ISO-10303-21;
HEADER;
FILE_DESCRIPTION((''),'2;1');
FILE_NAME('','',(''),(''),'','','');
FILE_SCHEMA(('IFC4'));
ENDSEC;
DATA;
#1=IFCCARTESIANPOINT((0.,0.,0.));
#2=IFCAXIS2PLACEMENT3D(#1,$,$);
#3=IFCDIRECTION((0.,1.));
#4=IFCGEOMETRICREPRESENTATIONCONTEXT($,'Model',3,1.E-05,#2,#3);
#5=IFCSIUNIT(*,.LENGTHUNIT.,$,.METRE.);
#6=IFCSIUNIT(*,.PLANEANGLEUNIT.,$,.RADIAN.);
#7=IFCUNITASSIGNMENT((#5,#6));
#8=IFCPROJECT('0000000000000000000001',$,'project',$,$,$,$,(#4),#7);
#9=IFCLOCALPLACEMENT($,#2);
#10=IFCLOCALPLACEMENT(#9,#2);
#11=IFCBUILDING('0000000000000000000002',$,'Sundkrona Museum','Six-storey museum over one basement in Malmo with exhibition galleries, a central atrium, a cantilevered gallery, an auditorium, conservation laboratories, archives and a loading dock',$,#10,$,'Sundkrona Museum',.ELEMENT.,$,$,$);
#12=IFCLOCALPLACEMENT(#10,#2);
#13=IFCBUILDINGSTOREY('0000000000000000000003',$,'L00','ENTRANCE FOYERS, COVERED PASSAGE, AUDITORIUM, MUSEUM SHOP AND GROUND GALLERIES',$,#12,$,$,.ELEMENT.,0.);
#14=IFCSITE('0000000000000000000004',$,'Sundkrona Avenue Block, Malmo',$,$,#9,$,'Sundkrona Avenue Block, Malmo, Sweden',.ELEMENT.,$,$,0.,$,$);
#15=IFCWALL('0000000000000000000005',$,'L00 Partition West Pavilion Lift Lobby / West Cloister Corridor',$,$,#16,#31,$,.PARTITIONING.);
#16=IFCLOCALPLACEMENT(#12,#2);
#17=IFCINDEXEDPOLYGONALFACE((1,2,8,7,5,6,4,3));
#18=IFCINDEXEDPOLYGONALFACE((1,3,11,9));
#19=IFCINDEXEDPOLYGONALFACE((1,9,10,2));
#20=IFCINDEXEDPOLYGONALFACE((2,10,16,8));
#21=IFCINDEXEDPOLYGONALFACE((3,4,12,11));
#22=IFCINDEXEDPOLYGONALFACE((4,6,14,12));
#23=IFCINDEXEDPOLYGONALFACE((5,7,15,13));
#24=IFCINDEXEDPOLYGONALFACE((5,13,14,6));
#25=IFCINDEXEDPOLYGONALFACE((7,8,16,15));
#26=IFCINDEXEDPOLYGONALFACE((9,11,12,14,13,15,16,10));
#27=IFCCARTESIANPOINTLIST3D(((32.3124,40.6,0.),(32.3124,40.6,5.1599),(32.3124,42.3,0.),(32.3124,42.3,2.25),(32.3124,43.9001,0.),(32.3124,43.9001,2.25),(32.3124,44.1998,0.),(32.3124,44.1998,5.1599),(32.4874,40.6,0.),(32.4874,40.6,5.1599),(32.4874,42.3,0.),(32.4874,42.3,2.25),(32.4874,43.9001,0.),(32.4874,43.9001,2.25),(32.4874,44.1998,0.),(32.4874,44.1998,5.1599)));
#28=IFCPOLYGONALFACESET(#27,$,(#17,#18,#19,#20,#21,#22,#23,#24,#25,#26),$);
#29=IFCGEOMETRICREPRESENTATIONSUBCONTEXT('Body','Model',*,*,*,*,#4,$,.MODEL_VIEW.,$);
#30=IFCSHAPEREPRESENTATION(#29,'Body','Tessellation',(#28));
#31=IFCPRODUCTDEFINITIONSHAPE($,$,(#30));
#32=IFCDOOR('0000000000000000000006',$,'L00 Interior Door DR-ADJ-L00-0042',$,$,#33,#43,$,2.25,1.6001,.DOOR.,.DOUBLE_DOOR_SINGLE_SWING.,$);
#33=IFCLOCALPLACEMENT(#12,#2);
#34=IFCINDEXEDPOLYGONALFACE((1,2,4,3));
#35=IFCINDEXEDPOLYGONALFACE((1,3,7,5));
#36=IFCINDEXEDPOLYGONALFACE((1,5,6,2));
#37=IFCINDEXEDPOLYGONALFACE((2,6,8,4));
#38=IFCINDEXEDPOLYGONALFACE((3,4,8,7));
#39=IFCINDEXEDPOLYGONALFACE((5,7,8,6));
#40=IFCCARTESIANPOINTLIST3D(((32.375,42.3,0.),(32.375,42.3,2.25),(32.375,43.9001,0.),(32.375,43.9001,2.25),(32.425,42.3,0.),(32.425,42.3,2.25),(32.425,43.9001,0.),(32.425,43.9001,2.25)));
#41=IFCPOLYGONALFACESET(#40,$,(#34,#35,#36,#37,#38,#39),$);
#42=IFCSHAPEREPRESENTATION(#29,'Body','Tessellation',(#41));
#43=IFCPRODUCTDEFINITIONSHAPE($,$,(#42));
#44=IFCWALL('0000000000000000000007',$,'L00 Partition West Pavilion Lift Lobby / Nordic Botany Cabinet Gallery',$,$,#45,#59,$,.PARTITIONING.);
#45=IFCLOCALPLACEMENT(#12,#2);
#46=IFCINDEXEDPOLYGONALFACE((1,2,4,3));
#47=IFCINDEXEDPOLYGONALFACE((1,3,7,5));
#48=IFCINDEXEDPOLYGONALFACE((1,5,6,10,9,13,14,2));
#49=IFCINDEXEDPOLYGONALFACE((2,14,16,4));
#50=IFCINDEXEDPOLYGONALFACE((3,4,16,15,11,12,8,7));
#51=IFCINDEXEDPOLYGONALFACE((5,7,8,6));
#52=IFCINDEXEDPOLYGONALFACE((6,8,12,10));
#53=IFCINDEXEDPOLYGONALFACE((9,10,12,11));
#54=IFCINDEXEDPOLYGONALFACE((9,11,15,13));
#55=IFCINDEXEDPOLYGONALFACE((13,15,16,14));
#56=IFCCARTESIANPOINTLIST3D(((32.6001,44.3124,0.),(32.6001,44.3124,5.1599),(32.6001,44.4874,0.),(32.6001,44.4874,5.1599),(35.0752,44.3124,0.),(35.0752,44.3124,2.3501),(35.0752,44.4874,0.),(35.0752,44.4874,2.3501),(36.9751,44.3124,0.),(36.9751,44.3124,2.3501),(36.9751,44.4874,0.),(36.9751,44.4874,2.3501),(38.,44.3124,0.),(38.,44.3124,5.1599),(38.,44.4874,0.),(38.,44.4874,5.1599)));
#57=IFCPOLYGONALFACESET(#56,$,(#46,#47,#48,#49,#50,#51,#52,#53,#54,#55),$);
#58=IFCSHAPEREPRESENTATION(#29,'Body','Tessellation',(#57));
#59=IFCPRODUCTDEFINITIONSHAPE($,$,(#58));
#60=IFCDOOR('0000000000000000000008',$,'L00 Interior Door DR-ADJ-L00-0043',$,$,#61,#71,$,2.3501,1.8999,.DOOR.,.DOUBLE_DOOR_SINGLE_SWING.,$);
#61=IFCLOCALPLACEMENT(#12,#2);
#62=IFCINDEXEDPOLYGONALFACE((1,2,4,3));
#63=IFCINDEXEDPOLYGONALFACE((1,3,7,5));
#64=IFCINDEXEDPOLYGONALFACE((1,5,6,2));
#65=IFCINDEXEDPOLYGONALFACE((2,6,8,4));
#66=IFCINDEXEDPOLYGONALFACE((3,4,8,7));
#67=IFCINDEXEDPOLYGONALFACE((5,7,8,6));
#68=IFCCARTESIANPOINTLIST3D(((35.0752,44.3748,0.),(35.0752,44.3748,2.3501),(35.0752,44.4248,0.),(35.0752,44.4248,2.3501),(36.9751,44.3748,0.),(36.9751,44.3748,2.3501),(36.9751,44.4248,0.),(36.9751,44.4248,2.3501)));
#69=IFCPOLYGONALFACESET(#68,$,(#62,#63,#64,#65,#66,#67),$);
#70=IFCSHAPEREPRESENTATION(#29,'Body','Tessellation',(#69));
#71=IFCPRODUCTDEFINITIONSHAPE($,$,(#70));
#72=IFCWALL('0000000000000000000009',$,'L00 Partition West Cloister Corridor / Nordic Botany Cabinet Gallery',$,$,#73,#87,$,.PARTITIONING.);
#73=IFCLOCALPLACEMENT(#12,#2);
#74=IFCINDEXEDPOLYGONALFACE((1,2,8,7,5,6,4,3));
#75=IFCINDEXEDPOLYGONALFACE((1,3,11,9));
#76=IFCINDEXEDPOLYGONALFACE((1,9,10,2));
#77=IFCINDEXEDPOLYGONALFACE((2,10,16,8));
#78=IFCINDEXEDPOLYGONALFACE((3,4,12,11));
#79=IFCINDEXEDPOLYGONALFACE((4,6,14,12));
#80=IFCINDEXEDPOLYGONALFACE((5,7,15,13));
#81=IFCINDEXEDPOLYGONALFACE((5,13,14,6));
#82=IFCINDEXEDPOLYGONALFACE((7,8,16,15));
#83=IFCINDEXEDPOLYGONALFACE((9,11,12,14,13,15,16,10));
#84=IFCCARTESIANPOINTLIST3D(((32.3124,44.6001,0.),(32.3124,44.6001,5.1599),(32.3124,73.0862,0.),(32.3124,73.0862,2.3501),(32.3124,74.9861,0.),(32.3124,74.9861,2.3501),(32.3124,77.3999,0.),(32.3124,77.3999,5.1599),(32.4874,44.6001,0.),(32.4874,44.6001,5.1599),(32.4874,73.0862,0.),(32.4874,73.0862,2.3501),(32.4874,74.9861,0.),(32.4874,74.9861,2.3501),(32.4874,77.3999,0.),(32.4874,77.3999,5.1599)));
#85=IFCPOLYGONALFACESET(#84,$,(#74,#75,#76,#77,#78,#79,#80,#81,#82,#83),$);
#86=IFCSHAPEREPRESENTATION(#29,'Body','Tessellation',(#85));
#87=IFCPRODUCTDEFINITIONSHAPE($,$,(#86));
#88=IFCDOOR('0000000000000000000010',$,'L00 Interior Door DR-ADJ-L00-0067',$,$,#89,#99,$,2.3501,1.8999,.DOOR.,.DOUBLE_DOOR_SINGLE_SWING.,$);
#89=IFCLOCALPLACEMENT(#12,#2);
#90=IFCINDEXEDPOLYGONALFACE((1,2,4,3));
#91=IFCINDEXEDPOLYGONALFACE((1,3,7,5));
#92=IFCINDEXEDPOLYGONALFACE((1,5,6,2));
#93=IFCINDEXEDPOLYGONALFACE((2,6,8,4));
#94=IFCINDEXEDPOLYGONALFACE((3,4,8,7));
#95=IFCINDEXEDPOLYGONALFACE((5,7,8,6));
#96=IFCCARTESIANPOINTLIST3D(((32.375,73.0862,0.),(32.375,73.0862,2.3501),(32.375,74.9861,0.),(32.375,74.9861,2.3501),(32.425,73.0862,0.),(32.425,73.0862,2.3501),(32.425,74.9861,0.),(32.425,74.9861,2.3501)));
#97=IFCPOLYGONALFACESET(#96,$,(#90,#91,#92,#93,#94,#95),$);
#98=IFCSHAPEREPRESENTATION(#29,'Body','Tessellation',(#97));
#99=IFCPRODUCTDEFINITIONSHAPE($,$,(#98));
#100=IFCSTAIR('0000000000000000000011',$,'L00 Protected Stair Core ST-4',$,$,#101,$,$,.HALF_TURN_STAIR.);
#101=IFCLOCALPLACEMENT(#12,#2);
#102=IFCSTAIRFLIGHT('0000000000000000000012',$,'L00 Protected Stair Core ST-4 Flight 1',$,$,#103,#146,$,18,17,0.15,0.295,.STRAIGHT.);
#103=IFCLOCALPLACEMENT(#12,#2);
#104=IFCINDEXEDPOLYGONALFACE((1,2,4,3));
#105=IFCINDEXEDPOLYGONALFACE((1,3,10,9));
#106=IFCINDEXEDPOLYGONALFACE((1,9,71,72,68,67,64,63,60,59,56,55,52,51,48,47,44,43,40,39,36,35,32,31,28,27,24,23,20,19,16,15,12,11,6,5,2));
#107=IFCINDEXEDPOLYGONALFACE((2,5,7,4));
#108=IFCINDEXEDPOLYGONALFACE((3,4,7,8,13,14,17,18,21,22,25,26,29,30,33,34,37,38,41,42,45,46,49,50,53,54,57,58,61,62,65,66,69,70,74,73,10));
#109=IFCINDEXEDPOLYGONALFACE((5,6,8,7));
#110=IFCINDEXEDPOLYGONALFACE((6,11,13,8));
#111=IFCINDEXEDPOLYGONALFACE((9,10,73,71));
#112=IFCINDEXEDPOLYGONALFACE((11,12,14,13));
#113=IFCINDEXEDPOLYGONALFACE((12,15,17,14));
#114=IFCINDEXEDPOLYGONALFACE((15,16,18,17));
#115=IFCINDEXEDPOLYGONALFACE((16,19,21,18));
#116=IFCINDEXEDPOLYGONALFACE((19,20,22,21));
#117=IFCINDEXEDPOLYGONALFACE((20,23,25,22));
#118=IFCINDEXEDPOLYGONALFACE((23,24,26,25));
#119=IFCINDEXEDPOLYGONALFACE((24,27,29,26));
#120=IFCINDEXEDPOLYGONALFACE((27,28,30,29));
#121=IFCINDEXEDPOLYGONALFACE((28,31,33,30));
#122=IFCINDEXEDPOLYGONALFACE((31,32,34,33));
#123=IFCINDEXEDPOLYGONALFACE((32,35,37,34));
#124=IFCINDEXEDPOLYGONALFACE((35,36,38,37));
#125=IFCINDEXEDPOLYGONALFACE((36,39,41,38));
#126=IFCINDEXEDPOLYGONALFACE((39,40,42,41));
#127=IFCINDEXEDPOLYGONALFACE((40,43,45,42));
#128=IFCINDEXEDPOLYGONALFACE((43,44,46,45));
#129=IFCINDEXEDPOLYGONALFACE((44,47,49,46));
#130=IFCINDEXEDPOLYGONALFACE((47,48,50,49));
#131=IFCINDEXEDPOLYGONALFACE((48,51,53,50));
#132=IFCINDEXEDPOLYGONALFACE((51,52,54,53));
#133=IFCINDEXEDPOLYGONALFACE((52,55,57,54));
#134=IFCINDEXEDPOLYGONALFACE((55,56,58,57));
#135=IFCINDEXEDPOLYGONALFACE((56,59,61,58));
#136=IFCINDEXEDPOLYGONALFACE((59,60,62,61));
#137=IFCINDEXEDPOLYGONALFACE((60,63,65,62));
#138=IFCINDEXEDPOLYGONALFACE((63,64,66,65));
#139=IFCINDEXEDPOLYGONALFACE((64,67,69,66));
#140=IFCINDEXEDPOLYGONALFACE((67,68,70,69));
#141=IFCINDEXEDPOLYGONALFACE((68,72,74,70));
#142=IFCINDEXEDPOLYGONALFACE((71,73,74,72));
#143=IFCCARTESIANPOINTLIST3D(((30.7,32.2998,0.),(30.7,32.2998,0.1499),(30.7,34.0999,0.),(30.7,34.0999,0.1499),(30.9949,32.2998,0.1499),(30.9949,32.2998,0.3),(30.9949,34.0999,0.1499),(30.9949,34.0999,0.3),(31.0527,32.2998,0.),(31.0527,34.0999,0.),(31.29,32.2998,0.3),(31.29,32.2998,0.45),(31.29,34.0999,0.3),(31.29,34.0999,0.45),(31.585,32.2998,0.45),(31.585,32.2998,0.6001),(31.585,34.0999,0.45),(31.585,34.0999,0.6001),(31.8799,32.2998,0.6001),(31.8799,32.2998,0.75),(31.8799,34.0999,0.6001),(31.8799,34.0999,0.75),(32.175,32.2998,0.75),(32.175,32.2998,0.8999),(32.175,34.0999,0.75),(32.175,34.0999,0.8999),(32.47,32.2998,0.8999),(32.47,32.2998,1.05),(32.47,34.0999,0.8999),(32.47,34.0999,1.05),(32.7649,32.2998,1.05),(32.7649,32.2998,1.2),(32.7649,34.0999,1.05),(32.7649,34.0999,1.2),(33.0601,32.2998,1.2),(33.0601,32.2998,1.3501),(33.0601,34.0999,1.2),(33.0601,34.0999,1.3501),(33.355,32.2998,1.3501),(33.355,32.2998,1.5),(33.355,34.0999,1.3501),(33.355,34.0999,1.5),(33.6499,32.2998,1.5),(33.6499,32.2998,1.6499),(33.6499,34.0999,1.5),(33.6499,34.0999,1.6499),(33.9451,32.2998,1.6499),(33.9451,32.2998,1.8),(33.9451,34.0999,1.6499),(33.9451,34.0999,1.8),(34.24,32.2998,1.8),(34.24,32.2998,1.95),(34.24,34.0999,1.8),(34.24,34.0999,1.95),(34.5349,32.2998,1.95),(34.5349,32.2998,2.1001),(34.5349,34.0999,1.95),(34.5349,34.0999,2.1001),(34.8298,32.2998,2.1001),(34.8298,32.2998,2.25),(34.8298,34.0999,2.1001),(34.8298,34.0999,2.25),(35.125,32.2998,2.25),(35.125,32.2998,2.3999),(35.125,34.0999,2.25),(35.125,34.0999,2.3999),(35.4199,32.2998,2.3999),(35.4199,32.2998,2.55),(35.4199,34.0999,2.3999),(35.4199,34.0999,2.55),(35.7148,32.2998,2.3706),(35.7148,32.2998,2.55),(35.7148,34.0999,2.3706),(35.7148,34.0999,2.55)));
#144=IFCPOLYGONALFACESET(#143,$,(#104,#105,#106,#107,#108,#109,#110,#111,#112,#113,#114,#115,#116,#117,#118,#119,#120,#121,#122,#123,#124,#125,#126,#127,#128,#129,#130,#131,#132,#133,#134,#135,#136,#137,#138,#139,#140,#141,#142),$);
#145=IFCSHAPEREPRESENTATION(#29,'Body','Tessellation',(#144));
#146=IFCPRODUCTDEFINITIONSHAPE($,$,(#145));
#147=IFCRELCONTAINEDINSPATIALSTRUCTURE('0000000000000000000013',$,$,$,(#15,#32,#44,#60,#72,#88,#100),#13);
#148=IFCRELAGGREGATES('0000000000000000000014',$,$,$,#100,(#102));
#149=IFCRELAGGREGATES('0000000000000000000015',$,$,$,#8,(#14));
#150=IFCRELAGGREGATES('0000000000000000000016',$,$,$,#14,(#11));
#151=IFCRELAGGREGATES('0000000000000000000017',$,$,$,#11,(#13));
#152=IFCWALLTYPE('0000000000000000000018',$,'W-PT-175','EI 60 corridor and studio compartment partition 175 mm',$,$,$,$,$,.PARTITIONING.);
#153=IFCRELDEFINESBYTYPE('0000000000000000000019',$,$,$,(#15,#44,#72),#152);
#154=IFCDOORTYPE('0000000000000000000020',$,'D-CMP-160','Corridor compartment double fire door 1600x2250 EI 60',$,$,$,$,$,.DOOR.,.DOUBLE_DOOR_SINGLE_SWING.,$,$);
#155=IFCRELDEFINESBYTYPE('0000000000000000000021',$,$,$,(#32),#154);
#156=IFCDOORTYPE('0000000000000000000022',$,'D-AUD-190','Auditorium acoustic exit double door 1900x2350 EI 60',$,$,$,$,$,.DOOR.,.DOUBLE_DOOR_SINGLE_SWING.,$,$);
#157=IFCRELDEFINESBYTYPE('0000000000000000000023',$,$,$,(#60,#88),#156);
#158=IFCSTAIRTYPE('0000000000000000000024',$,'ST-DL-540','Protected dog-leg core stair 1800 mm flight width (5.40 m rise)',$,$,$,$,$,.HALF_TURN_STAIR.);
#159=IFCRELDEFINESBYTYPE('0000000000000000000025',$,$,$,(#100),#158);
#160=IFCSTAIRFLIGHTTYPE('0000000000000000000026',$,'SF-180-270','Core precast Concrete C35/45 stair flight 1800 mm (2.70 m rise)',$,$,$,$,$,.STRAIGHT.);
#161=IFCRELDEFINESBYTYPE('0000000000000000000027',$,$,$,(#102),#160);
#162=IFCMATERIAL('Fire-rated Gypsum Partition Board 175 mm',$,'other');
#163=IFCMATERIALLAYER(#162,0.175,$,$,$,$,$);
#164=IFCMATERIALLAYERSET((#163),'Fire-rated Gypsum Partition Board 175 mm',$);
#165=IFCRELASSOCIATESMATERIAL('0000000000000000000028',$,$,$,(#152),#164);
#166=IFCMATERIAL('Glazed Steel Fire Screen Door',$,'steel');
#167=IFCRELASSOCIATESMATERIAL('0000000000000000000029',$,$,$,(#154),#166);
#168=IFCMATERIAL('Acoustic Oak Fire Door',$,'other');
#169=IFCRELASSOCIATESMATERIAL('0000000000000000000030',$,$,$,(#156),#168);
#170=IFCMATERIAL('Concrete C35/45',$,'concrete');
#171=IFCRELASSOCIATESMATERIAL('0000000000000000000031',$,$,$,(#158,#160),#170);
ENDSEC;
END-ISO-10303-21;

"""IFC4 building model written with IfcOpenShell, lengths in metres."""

from ifc_helpers import new_model, si_unit, direction, frame, frame_2d, origin, place, context, subcontext, project, spatial, polyline, rectangle, outline, extrude, material, layer, layer_set, type_object, element, fill, aggregate, save


model = new_model("IFC4")

# Units and contexts
model_context = context("Model", 3, precision=1e-05, world=origin(), true_north=direction((0.0, 1.0)))
body_context = subcontext(model_context, "Body", "Model", "MODEL_VIEW")
ifc_project = project(units=[si_unit("LENGTHUNIT", "METRE"), si_unit("PLANEANGLEUNIT", "RADIAN")], contexts=[model_context])

# Site, building, storey
site_placement = place(None, origin())
site = spatial("IfcSite", under=ifc_project, at=site_placement, Name="Sundkrona Avenue Block, Malmo", LongName="Sundkrona Avenue Block, Malmo, Sweden", CompositionType="ELEMENT", RefElevation=0.0)
building_placement = place(site_placement, origin())
building = spatial("IfcBuilding", under=site, at=building_placement, Name="Sundkrona Museum", Description="Six-storey museum over one basement in Malmo with exhibition galleries, a central atrium, a cantilevered gallery, an auditorium, conservation laboratories, archives and a loading dock", LongName="Sundkrona Museum", CompositionType="ELEMENT")
storey_placement = place(building_placement, origin())
storey = spatial("IfcBuildingStorey", under=building, at=storey_placement, Name="L00", Description="ENTRANCE FOYERS, COVERED PASSAGE, AUDITORIUM, MUSEUM SHOP AND GROUND GALLERIES", CompositionType="ELEMENT", Elevation=0.0)

# Walls, openings, doors
ifc_material_1 = material(Name="Fire-rated Gypsum Partition Board 175 mm", Category="other")
ifc_layer_1 = layer(ifc_material_1, 0.175)
ifc_layer_set_1 = layer_set([ifc_layer_1], Name="Fire-rated Gypsum Partition Board 175 mm")
wall_type_1 = type_object("IfcWallType", Name="W-PT-175", Description="EI 60 corridor and studio compartment partition 175 mm", PredefinedType="PARTITIONING", material=ifc_layer_set_1)
wall_1_placement = place(storey_placement, frame((32.3999, 40.6001, 0.0), z_axis=(0.0, 0.0, 1.0), x_axis=(0.0, 1.0, 0.0)))
wall_1 = element("IfcWall", 1, at=wall_1_placement, inside=storey, type_object=wall_type_1, Name="L00 Partition West Pavilion Lift Lobby / West Cloister Corridor", PredefinedType="PARTITIONING", context=body_context, shape_type="SweptSolid", body=[
    extrude(rectangle(XDim=3.5999, YDim=0.175, at=frame_2d((1.7998, 0.0))), origin(), (0.0, 0.0, 1.0), 5.1599),
])
opening_1_placement = place(wall_1_placement, frame((1.7, 0.0, 0.0)))
opening_1 = element("IfcOpeningElement", 2, at=opening_1_placement, cuts=wall_1, PredefinedType="OPENING", context=body_context, shape_type="SweptSolid", body=[
    extrude(rectangle(XDim=1.6001, YDim=2.25, at=frame_2d((0.8, 1.125))), frame((0.0, 0.0974, 0.0), z_axis=(0.0, -1.0, 0.0), x_axis=(1.0, 0.0, 0.0)), (0.0, 0.0, 1.0), 0.1951),
])
ifc_material_2 = material(Name="Glazed Steel Fire Screen Door", Category="steel")
door_type_1 = type_object("IfcDoorType", Name="D-CMP-160", Description="Corridor compartment double fire door 1600x2250 EI 60", OperationType="DOUBLE_DOOR_SINGLE_SWING", PredefinedType="DOOR", material=ifc_material_2)
door_1_placement = place(opening_1_placement, origin())
door_1 = element("IfcDoor", 3, at=door_1_placement, inside=storey, type_object=door_type_1, Name="L00 Interior Door DR-ADJ-L00-0042", OperationType="DOUBLE_DOOR_SINGLE_SWING", OverallHeight=2.25, OverallWidth=1.6001, PredefinedType="DOOR", context=body_context, shape_type="SweptSolid", body=[
    extrude(rectangle(XDim=1.6001, YDim=2.25, at=frame_2d((0.8, 1.125))), frame((0.0, 0.0249, 0.0), z_axis=(0.0, -1.0, 0.0), x_axis=(1.0, 0.0, 0.0)), (0.0, 0.0, 1.0), 0.05),
])
fill(opening_1, door_1)
wall_2_placement = place(storey_placement, frame((32.6001, 44.3999, 0.0), z_axis=(0.0, 0.0, 1.0), x_axis=(1.0, 0.0, 0.0)))
wall_2 = element("IfcWall", 4, at=wall_2_placement, inside=storey, type_object=wall_type_1, Name="L00 Partition West Pavilion Lift Lobby / Nordic Botany Cabinet Gallery", PredefinedType="PARTITIONING", context=body_context, shape_type="SweptSolid", body=[
    extrude(rectangle(XDim=5.3999, YDim=0.175, at=frame_2d((2.7, 0.0))), origin(), (0.0, 0.0, 1.0), 5.1599),
])
opening_2_placement = place(wall_2_placement, frame((2.4751, 0.0, 0.0)))
opening_2 = element("IfcOpeningElement", 5, at=opening_2_placement, cuts=wall_2, PredefinedType="OPENING", context=body_context, shape_type="SweptSolid", body=[
    extrude(rectangle(XDim=1.8999, YDim=2.3501, at=frame_2d((0.95, 1.175))), frame((0.0, 0.0974, 0.0), z_axis=(0.0, -1.0, 0.0), x_axis=(1.0, 0.0, 0.0)), (0.0, 0.0, 1.0), 0.1951),
])
ifc_material_3 = material(Name="Acoustic Oak Fire Door", Category="other")
door_type_2 = type_object("IfcDoorType", Name="D-AUD-190", Description="Auditorium acoustic exit double door 1900x2350 EI 60", OperationType="DOUBLE_DOOR_SINGLE_SWING", PredefinedType="DOOR", material=ifc_material_3)
door_2_placement = place(opening_2_placement, origin())
door_2 = element("IfcDoor", 6, at=door_2_placement, inside=storey, type_object=door_type_2, Name="L00 Interior Door DR-ADJ-L00-0043", OperationType="DOUBLE_DOOR_SINGLE_SWING", OverallHeight=2.3501, OverallWidth=1.8999, PredefinedType="DOOR", context=body_context, shape_type="SweptSolid", body=[
    extrude(rectangle(XDim=1.8999, YDim=2.3501, at=frame_2d((0.95, 1.175))), frame((0.0, 0.0249, 0.0), z_axis=(0.0, -1.0, 0.0), x_axis=(1.0, 0.0, 0.0)), (0.0, 0.0, 1.0), 0.05),
])
fill(opening_2, door_2)
wall_3_placement = place(storey_placement, frame((32.3999, 44.6001, 0.0), z_axis=(0.0, 0.0, 1.0), x_axis=(0.0, 1.0, 0.0)))
wall_3 = element("IfcWall", 7, at=wall_3_placement, inside=storey, type_object=wall_type_1, Name="L00 Partition West Cloister Corridor / Nordic Botany Cabinet Gallery", PredefinedType="PARTITIONING", context=body_context, shape_type="SweptSolid", body=[
    extrude(rectangle(XDim=32.7998, YDim=0.175, at=frame_2d((16.3999, 0.0))), origin(), (0.0, 0.0, 1.0), 5.1599),
])
opening_3_placement = place(wall_3_placement, frame((28.4861, 0.0, 0.0)))
opening_3 = element("IfcOpeningElement", 8, at=opening_3_placement, cuts=wall_3, PredefinedType="OPENING", context=body_context, shape_type="SweptSolid", body=[
    extrude(rectangle(XDim=1.8999, YDim=2.3501, at=frame_2d((0.95, 1.175))), frame((0.0, 0.0974, 0.0), z_axis=(0.0, -1.0, 0.0), x_axis=(1.0, 0.0, 0.0)), (0.0, 0.0, 1.0), 0.1951),
])
door_3_placement = place(opening_3_placement, origin())
door_3 = element("IfcDoor", 9, at=door_3_placement, inside=storey, type_object=door_type_2, Name="L00 Interior Door DR-ADJ-L00-0067", OperationType="DOUBLE_DOOR_SINGLE_SWING", OverallHeight=2.3501, OverallWidth=1.8999, PredefinedType="DOOR", context=body_context, shape_type="SweptSolid", body=[
    extrude(rectangle(XDim=1.8999, YDim=2.3501, at=frame_2d((0.95, 1.175))), frame((0.0, 0.0249, 0.0), z_axis=(0.0, -1.0, 0.0), x_axis=(1.0, 0.0, 0.0)), (0.0, 0.0, 1.0), 0.05),
])
fill(opening_3, door_3)

# Stair, stair flight
ifc_material_4 = material(Name="Concrete C35/45", Category="concrete")
stair_type = type_object("IfcStairType", Name="ST-DL-540", Description="Protected dog-leg core stair 1800 mm flight width (5.40 m rise)", PredefinedType="HALF_TURN_STAIR", material=ifc_material_4)
stair_placement = place(storey_placement, origin())
stair = element("IfcStair", 10, at=stair_placement, inside=storey, type_object=stair_type, Name="L00 Protected Stair Core ST-4", PredefinedType="HALF_TURN_STAIR")
stair_flight_type = type_object("IfcStairFlightType", Name="SF-180-270", Description="Core precast Concrete C35/45 stair flight 1800 mm (2.70 m rise)", PredefinedType="STRAIGHT", material=ifc_material_4)
stair_flight_1_placement = place(storey_placement, frame((30.7, 33.2, 0.0), z_axis=(0.0, 0.0, 1.0), x_axis=(1.0, 0.0, 0.0)))
stair_flight_1 = element("IfcStairFlight", 11, at=stair_flight_1_placement, type_object=stair_flight_type, Name="L00 Protected Stair Core ST-4 Flight 1", NumberOfRisers=18, NumberOfTreads=17, PredefinedType="STRAIGHT", RiserHeight=0.15, TreadLength=0.295, context=body_context, shape_type="SweptSolid", body=[
    extrude(outline(polyline([(0.0, 0.0), (0.0, 0.1499), (0.2949, 0.1499), (0.2949, 0.3), (0.5901, 0.3), (0.5901, 0.45), (0.885, 0.45), (0.885, 0.6001), (1.1799, 0.6001), (1.1799, 0.75), (1.4751, 0.75), (1.4751, 0.8999), (1.77, 0.8999), (1.77, 1.05), (2.0649, 1.05), (2.0649, 1.2), (2.3601, 1.2), (2.3601, 1.3501), (2.655, 1.3501), (2.655, 1.5), (2.95, 1.5), (2.95, 1.6499), (3.2451, 1.6499), (3.2451, 1.8), (3.54, 1.8), (3.54, 1.95), (3.835, 1.95), (3.835, 2.1001), (4.1299, 2.1001), (4.1299, 2.25), (4.425, 2.25), (4.425, 2.3999), (4.72, 2.3999), (4.72, 2.55), (5.0149, 2.55), (5.0149, 2.7), (5.0149, 2.3706), (0.3528, 0.0), (0.0, 0.0)])), frame((0.0, 0.8999, 0.0), z_axis=(0.0, -1.0, 0.0), x_axis=(1.0, 0.0, 0.0)), (0.0, 0.0, 1.0), 1.8),
])
aggregate(stair, [stair_flight_1])

save(model, "model.ifc")
